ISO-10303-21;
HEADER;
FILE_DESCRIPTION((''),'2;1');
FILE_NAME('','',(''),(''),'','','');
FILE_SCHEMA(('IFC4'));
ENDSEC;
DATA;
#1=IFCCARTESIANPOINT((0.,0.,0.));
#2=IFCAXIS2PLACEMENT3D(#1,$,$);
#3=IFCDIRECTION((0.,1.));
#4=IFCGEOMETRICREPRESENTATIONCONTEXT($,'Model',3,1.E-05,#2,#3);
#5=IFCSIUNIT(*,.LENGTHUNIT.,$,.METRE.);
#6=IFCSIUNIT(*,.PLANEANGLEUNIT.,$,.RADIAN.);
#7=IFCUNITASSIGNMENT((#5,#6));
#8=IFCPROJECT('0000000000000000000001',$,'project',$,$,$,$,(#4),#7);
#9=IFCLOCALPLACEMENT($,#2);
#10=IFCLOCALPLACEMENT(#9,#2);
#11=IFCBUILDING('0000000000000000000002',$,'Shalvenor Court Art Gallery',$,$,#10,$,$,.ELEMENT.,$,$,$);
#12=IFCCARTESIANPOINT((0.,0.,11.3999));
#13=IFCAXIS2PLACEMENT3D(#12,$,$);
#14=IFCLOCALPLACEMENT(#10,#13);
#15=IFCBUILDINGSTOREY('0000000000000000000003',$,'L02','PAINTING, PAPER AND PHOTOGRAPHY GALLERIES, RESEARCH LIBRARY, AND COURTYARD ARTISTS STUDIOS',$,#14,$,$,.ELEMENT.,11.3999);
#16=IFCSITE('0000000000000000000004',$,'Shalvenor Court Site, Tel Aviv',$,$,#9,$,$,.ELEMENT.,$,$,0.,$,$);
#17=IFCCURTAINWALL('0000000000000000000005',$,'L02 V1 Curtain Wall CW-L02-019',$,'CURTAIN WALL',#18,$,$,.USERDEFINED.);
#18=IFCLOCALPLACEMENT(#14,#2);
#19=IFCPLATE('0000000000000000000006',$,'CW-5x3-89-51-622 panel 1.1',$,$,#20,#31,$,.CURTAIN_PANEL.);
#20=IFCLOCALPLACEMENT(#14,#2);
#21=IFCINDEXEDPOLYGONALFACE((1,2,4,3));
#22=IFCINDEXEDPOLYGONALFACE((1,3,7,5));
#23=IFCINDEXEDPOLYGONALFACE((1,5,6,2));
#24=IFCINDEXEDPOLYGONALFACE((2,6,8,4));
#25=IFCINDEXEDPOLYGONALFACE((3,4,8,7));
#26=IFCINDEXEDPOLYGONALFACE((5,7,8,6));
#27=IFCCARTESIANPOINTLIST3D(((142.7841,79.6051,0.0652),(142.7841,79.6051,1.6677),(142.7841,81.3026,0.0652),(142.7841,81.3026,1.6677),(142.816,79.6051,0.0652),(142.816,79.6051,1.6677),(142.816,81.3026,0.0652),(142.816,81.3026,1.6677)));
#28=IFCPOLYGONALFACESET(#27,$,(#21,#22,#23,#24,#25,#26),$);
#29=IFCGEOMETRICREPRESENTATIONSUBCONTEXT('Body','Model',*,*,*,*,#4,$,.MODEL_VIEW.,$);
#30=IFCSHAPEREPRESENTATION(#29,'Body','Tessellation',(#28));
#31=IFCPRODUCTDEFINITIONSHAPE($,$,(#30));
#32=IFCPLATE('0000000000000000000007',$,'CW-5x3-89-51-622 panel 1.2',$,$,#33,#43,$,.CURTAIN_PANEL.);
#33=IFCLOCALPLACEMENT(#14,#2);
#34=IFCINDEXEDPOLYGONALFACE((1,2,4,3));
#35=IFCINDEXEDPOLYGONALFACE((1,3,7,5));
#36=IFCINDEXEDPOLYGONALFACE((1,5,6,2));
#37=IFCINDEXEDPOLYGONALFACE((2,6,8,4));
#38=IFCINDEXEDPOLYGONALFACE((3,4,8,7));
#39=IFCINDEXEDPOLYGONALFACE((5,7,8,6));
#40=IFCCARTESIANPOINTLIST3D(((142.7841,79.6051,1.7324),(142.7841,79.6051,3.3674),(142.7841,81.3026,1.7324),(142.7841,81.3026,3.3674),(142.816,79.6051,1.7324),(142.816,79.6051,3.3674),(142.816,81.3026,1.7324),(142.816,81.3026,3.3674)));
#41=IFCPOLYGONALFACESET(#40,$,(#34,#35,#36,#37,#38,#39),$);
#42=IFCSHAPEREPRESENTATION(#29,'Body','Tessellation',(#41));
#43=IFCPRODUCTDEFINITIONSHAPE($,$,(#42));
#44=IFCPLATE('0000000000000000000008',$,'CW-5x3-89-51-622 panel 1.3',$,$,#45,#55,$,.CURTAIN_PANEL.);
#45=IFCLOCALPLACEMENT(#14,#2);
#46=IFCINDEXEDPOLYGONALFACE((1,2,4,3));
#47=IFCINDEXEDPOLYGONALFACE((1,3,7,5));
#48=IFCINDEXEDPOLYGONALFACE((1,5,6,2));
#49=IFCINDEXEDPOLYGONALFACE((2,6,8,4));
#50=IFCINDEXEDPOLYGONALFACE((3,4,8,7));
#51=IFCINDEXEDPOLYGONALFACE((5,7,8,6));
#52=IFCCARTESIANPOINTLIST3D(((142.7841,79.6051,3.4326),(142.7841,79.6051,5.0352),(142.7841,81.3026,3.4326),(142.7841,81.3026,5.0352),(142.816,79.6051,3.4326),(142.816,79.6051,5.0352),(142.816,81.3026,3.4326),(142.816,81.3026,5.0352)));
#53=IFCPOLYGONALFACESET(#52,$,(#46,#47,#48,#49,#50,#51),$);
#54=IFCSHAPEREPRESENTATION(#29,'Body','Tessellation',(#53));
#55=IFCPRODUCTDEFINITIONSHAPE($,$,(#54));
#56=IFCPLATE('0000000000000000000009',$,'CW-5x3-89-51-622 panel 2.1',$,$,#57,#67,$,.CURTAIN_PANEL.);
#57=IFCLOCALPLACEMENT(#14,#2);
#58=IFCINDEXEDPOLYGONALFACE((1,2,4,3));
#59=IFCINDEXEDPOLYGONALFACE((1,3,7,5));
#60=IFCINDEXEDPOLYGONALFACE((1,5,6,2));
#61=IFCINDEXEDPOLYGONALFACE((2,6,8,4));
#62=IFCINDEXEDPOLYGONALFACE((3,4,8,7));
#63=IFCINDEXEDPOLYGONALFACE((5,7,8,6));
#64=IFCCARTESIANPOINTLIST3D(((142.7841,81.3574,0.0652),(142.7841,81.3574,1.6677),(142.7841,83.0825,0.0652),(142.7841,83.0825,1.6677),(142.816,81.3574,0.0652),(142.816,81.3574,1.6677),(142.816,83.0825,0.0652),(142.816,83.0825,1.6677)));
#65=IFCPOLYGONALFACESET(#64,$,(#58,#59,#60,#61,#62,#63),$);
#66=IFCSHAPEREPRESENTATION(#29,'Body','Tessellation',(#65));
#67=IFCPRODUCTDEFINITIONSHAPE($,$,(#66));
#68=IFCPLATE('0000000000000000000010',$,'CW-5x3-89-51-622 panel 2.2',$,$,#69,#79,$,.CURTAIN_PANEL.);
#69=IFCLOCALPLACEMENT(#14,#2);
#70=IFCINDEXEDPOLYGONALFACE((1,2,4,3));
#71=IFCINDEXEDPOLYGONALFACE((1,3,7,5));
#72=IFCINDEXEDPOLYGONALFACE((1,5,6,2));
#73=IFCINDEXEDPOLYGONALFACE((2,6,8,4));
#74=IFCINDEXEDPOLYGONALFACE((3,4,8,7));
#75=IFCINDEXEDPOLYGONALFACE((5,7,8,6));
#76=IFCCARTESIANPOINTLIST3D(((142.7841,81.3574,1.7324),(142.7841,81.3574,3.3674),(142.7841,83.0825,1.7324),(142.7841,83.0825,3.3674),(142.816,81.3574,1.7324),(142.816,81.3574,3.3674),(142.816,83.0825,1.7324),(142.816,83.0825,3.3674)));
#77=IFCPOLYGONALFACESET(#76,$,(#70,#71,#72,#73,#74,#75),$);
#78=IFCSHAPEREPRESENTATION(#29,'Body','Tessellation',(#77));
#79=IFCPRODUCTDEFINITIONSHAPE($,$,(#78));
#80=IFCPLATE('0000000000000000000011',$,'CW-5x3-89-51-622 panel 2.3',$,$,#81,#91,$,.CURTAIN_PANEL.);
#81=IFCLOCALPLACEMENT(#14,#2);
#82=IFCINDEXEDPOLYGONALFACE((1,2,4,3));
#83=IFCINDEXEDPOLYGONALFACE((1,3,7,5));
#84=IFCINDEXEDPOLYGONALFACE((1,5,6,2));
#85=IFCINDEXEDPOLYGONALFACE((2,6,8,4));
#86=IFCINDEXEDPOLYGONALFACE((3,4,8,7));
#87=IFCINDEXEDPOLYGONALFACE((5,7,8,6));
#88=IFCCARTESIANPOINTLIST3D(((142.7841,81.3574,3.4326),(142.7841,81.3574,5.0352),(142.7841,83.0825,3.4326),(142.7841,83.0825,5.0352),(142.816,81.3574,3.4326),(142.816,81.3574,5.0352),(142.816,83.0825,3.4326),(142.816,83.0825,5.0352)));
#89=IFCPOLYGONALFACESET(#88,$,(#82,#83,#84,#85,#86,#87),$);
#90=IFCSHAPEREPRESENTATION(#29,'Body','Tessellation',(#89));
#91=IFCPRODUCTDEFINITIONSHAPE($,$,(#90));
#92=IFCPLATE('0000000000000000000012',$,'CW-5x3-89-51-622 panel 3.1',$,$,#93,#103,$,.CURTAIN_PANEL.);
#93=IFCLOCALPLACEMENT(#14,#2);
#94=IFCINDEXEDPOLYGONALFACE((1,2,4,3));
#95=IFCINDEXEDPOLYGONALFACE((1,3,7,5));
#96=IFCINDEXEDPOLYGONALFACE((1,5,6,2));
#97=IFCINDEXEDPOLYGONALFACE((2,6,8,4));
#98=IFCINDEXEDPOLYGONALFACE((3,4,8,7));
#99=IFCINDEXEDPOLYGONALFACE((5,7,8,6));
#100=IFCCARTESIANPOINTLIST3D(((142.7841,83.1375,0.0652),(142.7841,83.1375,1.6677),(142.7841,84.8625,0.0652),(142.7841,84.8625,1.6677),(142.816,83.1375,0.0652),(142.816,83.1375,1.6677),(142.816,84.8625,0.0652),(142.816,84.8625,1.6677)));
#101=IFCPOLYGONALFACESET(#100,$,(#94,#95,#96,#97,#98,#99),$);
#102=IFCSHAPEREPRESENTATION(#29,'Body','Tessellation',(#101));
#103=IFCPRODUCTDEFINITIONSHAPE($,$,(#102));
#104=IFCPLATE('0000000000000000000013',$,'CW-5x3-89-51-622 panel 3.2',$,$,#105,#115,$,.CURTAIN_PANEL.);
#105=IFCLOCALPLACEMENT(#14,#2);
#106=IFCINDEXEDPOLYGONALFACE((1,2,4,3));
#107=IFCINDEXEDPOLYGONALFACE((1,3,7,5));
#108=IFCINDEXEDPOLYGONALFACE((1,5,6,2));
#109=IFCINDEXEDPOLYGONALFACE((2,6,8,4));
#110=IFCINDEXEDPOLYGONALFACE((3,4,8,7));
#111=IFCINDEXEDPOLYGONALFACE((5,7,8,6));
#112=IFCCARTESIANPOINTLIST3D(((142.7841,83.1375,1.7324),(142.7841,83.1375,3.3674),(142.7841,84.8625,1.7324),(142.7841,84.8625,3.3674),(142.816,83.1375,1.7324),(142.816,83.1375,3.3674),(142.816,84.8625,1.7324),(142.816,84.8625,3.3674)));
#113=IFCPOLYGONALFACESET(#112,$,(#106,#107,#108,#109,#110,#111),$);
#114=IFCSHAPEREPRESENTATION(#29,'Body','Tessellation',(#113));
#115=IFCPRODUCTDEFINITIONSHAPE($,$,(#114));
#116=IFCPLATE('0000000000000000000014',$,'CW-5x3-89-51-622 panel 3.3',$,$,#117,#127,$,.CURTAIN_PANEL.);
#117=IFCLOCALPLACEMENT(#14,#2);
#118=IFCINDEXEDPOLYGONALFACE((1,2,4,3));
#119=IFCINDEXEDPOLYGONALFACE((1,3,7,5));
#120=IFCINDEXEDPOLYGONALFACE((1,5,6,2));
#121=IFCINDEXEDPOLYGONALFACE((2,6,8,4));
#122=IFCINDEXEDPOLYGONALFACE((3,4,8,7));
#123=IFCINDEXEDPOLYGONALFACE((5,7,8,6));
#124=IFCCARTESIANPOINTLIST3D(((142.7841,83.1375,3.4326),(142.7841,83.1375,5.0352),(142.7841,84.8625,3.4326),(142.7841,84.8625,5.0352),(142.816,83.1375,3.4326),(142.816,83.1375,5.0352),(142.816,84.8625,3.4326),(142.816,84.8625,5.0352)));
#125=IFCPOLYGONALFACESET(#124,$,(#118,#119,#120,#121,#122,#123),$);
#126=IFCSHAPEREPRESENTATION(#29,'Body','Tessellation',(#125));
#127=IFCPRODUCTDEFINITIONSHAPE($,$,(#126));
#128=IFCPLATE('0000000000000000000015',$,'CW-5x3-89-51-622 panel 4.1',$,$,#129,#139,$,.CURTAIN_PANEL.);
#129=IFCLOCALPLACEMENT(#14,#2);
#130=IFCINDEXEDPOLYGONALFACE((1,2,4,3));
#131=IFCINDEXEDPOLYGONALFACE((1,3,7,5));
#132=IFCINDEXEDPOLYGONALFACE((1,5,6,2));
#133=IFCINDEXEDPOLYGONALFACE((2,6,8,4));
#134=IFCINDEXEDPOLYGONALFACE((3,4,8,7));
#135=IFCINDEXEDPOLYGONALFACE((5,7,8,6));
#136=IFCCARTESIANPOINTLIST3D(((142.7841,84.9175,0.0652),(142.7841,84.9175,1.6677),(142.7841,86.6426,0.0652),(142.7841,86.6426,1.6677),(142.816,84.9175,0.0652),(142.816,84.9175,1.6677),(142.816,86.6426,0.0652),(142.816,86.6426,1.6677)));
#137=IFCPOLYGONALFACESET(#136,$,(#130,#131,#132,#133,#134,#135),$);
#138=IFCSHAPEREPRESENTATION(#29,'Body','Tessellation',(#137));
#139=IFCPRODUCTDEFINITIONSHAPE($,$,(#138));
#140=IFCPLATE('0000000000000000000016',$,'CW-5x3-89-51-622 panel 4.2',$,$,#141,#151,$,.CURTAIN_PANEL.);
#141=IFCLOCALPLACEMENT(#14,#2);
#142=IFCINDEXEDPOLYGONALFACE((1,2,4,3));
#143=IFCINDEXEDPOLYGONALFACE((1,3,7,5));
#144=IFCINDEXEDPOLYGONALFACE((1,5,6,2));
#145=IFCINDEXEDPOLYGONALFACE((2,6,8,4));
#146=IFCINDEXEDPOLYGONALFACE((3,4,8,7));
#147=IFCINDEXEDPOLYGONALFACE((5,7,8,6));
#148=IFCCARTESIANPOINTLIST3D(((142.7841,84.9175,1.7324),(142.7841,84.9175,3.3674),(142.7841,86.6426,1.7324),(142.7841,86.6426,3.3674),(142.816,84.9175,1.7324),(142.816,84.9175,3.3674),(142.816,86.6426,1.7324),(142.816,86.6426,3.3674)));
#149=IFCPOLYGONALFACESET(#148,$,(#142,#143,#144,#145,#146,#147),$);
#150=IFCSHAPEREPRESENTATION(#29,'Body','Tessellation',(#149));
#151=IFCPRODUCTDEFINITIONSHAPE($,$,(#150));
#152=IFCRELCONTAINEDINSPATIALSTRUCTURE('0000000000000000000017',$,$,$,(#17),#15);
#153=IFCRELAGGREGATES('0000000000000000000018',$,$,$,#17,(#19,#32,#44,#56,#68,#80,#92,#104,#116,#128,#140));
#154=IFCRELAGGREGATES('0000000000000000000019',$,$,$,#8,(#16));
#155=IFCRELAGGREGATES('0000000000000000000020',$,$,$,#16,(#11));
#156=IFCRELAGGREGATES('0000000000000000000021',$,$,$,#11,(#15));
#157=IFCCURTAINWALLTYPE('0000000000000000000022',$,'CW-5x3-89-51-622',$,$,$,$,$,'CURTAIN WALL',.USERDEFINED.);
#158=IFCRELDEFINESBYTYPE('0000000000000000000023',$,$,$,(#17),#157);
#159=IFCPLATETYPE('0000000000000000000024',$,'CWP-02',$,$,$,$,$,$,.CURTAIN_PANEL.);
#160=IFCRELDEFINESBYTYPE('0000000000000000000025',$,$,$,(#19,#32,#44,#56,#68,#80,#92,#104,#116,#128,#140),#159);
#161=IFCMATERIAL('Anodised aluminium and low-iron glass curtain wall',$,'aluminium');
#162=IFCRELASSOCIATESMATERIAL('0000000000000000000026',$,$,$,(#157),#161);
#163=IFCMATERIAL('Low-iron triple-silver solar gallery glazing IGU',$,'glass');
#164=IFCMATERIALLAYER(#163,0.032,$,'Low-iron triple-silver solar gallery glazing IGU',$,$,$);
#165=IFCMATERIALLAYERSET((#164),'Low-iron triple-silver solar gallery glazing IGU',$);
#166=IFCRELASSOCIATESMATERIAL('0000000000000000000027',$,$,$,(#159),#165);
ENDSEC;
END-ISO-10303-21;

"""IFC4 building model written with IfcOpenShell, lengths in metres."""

from ifc_helpers import new_model, si_unit, direction, frame, origin, origin_2d, place, context, subcontext, project, spatial, rectangle, extrude, material, layer, layer_set, type_object, element, aggregate, save


model = new_model("IFC4")

# Units and contexts
model_context = context("Model", 3, precision=1e-05, world=origin(), true_north=direction((0.0, 1.0)))
body_context = subcontext(model_context, "Body", "Model", "MODEL_VIEW")
ifc_project = project(units=[si_unit("LENGTHUNIT", "METRE"), si_unit("PLANEANGLEUNIT", "RADIAN")], contexts=[model_context])

# Site, building, storey
site_placement = place(None, origin())
site = spatial("IfcSite", under=ifc_project, at=site_placement, Name="Shalvenor Court Site, Tel Aviv", CompositionType="ELEMENT", RefElevation=0.0)
building_placement = place(site_placement, origin())
building = spatial("IfcBuilding", under=site, at=building_placement, Name="Shalvenor Court Art Gallery", CompositionType="ELEMENT")
storey_placement = place(building_placement, frame((0.0, 0.0, 11.3999)))
storey = spatial("IfcBuildingStorey", under=building, at=storey_placement, Name="L02", Description="PAINTING, PAPER AND PHOTOGRAPHY GALLERIES, RESEARCH LIBRARY, AND COURTYARD ARTISTS STUDIOS", CompositionType="ELEMENT", Elevation=11.3999)

# Curtain wall
ifc_material_1 = material(Name="Anodised aluminium and low-iron glass curtain wall", Category="aluminium")
curtain_wall_type = type_object("IfcCurtainWallType", Name="CW-5x3-89-51-622", ElementType="CURTAIN WALL", PredefinedType="USERDEFINED", material=ifc_material_1)
curtain_wall_placement = place(storey_placement, origin())
curtain_wall = element("IfcCurtainWall", 1, at=curtain_wall_placement, inside=storey, type_object=curtain_wall_type, Name="L02 V1 Curtain Wall CW-L02-019", ObjectType="CURTAIN WALL", PredefinedType="USERDEFINED")

# Plates
ifc_material_2 = material(Name="Low-iron triple-silver solar gallery glazing IGU", Category="glass")
ifc_layer = layer(ifc_material_2, 0.032, Name="Low-iron triple-silver solar gallery glazing IGU")
ifc_layer_set = layer_set([ifc_layer], Name="Low-iron triple-silver solar gallery glazing IGU")
plate_type = type_object("IfcPlateType", Name="CWP-02", PredefinedType="CURTAIN_PANEL", material=ifc_layer_set)
plate_1_placement = place(storey_placement, frame((142.8, 80.4539, 0.0652), z_axis=(0.0, 0.0, 1.0), x_axis=(0.0, 1.0, 0.0)))
plate_1 = element("IfcPlate", 2, at=plate_1_placement, type_object=plate_type, Name="CW-5x3-89-51-622 panel 1.1", PredefinedType="CURTAIN_PANEL", context=body_context, shape_type="SweptSolid", body=[
    extrude(rectangle(XDim=1.6975, YDim=0.032, at=origin_2d()), origin(), (0.0, 0.0, 1.0), 1.6025),
])
plate_2_placement = place(storey_placement, frame((142.8, 80.4539, 1.7324), z_axis=(0.0, 0.0, 1.0), x_axis=(0.0, 1.0, 0.0)))
plate_2 = element("IfcPlate", 3, at=plate_2_placement, type_object=plate_type, Name="CW-5x3-89-51-622 panel 1.2", PredefinedType="CURTAIN_PANEL", context=body_context, shape_type="SweptSolid", body=[
    extrude(rectangle(XDim=1.6975, YDim=0.032, at=origin_2d()), origin(), (0.0, 0.0, 1.0), 1.635),
])
plate_3_placement = place(storey_placement, frame((142.8, 80.4539, 3.4326), z_axis=(0.0, 0.0, 1.0), x_axis=(0.0, 1.0, 0.0)))
plate_3 = element("IfcPlate", 4, at=plate_3_placement, type_object=plate_type, Name="CW-5x3-89-51-622 panel 1.3", PredefinedType="CURTAIN_PANEL", context=body_context, shape_type="SweptSolid", body=[
    extrude(rectangle(XDim=1.6975, YDim=0.032, at=origin_2d()), origin(), (0.0, 0.0, 1.0), 1.6025),
])
plate_4_placement = place(storey_placement, frame((142.8, 82.22, 0.0652), z_axis=(0.0, 0.0, 1.0), x_axis=(0.0, 1.0, 0.0)))
plate_4 = element("IfcPlate", 5, at=plate_4_placement, type_object=plate_type, Name="CW-5x3-89-51-622 panel 2.1", PredefinedType="CURTAIN_PANEL", context=body_context, shape_type="SweptSolid", body=[
    extrude(rectangle(XDim=1.7251, YDim=0.032, at=origin_2d()), origin(), (0.0, 0.0, 1.0), 1.6025),
])
plate_5_placement = place(storey_placement, frame((142.8, 82.22, 1.7324), z_axis=(0.0, 0.0, 1.0), x_axis=(0.0, 1.0, 0.0)))
plate_5 = element("IfcPlate", 6, at=plate_5_placement, type_object=plate_type, Name="CW-5x3-89-51-622 panel 2.2", PredefinedType="CURTAIN_PANEL", context=body_context, shape_type="SweptSolid", body=[
    extrude(rectangle(XDim=1.7251, YDim=0.032, at=origin_2d()), origin(), (0.0, 0.0, 1.0), 1.635),
])
plate_6_placement = place(storey_placement, frame((142.8, 82.22, 3.4326), z_axis=(0.0, 0.0, 1.0), x_axis=(0.0, 1.0, 0.0)))
plate_6 = element("IfcPlate", 7, at=plate_6_placement, type_object=plate_type, Name="CW-5x3-89-51-622 panel 2.3", PredefinedType="CURTAIN_PANEL", context=body_context, shape_type="SweptSolid", body=[
    extrude(rectangle(XDim=1.7251, YDim=0.032, at=origin_2d()), origin(), (0.0, 0.0, 1.0), 1.6025),
])
plate_7_placement = place(storey_placement, frame((142.8, 84.0, 0.0652), z_axis=(0.0, 0.0, 1.0), x_axis=(0.0, 1.0, 0.0)))
plate_7 = element("IfcPlate", 8, at=plate_7_placement, type_object=plate_type, Name="CW-5x3-89-51-622 panel 3.1", PredefinedType="CURTAIN_PANEL", context=body_context, shape_type="SweptSolid", body=[
    extrude(rectangle(XDim=1.7251, YDim=0.032, at=origin_2d()), origin(), (0.0, 0.0, 1.0), 1.6025),
])
plate_8_placement = place(storey_placement, frame((142.8, 84.0, 1.7324), z_axis=(0.0, 0.0, 1.0), x_axis=(0.0, 1.0, 0.0)))
plate_8 = element("IfcPlate", 9, at=plate_8_placement, type_object=plate_type, Name="CW-5x3-89-51-622 panel 3.2", PredefinedType="CURTAIN_PANEL", context=body_context, shape_type="SweptSolid", body=[
    extrude(rectangle(XDim=1.7251, YDim=0.032, at=origin_2d()), origin(), (0.0, 0.0, 1.0), 1.635),
])
plate_9_placement = place(storey_placement, frame((142.8, 84.0, 3.4326), z_axis=(0.0, 0.0, 1.0), x_axis=(0.0, 1.0, 0.0)))
plate_9 = element("IfcPlate", 10, at=plate_9_placement, type_object=plate_type, Name="CW-5x3-89-51-622 panel 3.3", PredefinedType="CURTAIN_PANEL", context=body_context, shape_type="SweptSolid", body=[
    extrude(rectangle(XDim=1.7251, YDim=0.032, at=origin_2d()), origin(), (0.0, 0.0, 1.0), 1.6025),
])
plate_10_placement = place(storey_placement, frame((142.8, 85.78, 0.0652), z_axis=(0.0, 0.0, 1.0), x_axis=(0.0, 1.0, 0.0)))
plate_10 = element("IfcPlate", 11, at=plate_10_placement, type_object=plate_type, Name="CW-5x3-89-51-622 panel 4.1", PredefinedType="CURTAIN_PANEL", context=body_context, shape_type="SweptSolid", body=[
    extrude(rectangle(XDim=1.7251, YDim=0.032, at=origin_2d()), origin(), (0.0, 0.0, 1.0), 1.6025),
])
plate_11_placement = place(storey_placement, frame((142.8, 85.78, 1.7324), z_axis=(0.0, 0.0, 1.0), x_axis=(0.0, 1.0, 0.0)))
plate_11 = element("IfcPlate", 12, at=plate_11_placement, type_object=plate_type, Name="CW-5x3-89-51-622 panel 4.2", PredefinedType="CURTAIN_PANEL", context=body_context, shape_type="SweptSolid", body=[
    extrude(rectangle(XDim=1.7251, YDim=0.032, at=origin_2d()), origin(), (0.0, 0.0, 1.0), 1.635),
])
aggregate(curtain_wall, [plate_1, plate_2, plate_3, plate_4, plate_5, plate_6, plate_7, plate_8, plate_9, plate_10, plate_11])

save(model, "model.ifc")
